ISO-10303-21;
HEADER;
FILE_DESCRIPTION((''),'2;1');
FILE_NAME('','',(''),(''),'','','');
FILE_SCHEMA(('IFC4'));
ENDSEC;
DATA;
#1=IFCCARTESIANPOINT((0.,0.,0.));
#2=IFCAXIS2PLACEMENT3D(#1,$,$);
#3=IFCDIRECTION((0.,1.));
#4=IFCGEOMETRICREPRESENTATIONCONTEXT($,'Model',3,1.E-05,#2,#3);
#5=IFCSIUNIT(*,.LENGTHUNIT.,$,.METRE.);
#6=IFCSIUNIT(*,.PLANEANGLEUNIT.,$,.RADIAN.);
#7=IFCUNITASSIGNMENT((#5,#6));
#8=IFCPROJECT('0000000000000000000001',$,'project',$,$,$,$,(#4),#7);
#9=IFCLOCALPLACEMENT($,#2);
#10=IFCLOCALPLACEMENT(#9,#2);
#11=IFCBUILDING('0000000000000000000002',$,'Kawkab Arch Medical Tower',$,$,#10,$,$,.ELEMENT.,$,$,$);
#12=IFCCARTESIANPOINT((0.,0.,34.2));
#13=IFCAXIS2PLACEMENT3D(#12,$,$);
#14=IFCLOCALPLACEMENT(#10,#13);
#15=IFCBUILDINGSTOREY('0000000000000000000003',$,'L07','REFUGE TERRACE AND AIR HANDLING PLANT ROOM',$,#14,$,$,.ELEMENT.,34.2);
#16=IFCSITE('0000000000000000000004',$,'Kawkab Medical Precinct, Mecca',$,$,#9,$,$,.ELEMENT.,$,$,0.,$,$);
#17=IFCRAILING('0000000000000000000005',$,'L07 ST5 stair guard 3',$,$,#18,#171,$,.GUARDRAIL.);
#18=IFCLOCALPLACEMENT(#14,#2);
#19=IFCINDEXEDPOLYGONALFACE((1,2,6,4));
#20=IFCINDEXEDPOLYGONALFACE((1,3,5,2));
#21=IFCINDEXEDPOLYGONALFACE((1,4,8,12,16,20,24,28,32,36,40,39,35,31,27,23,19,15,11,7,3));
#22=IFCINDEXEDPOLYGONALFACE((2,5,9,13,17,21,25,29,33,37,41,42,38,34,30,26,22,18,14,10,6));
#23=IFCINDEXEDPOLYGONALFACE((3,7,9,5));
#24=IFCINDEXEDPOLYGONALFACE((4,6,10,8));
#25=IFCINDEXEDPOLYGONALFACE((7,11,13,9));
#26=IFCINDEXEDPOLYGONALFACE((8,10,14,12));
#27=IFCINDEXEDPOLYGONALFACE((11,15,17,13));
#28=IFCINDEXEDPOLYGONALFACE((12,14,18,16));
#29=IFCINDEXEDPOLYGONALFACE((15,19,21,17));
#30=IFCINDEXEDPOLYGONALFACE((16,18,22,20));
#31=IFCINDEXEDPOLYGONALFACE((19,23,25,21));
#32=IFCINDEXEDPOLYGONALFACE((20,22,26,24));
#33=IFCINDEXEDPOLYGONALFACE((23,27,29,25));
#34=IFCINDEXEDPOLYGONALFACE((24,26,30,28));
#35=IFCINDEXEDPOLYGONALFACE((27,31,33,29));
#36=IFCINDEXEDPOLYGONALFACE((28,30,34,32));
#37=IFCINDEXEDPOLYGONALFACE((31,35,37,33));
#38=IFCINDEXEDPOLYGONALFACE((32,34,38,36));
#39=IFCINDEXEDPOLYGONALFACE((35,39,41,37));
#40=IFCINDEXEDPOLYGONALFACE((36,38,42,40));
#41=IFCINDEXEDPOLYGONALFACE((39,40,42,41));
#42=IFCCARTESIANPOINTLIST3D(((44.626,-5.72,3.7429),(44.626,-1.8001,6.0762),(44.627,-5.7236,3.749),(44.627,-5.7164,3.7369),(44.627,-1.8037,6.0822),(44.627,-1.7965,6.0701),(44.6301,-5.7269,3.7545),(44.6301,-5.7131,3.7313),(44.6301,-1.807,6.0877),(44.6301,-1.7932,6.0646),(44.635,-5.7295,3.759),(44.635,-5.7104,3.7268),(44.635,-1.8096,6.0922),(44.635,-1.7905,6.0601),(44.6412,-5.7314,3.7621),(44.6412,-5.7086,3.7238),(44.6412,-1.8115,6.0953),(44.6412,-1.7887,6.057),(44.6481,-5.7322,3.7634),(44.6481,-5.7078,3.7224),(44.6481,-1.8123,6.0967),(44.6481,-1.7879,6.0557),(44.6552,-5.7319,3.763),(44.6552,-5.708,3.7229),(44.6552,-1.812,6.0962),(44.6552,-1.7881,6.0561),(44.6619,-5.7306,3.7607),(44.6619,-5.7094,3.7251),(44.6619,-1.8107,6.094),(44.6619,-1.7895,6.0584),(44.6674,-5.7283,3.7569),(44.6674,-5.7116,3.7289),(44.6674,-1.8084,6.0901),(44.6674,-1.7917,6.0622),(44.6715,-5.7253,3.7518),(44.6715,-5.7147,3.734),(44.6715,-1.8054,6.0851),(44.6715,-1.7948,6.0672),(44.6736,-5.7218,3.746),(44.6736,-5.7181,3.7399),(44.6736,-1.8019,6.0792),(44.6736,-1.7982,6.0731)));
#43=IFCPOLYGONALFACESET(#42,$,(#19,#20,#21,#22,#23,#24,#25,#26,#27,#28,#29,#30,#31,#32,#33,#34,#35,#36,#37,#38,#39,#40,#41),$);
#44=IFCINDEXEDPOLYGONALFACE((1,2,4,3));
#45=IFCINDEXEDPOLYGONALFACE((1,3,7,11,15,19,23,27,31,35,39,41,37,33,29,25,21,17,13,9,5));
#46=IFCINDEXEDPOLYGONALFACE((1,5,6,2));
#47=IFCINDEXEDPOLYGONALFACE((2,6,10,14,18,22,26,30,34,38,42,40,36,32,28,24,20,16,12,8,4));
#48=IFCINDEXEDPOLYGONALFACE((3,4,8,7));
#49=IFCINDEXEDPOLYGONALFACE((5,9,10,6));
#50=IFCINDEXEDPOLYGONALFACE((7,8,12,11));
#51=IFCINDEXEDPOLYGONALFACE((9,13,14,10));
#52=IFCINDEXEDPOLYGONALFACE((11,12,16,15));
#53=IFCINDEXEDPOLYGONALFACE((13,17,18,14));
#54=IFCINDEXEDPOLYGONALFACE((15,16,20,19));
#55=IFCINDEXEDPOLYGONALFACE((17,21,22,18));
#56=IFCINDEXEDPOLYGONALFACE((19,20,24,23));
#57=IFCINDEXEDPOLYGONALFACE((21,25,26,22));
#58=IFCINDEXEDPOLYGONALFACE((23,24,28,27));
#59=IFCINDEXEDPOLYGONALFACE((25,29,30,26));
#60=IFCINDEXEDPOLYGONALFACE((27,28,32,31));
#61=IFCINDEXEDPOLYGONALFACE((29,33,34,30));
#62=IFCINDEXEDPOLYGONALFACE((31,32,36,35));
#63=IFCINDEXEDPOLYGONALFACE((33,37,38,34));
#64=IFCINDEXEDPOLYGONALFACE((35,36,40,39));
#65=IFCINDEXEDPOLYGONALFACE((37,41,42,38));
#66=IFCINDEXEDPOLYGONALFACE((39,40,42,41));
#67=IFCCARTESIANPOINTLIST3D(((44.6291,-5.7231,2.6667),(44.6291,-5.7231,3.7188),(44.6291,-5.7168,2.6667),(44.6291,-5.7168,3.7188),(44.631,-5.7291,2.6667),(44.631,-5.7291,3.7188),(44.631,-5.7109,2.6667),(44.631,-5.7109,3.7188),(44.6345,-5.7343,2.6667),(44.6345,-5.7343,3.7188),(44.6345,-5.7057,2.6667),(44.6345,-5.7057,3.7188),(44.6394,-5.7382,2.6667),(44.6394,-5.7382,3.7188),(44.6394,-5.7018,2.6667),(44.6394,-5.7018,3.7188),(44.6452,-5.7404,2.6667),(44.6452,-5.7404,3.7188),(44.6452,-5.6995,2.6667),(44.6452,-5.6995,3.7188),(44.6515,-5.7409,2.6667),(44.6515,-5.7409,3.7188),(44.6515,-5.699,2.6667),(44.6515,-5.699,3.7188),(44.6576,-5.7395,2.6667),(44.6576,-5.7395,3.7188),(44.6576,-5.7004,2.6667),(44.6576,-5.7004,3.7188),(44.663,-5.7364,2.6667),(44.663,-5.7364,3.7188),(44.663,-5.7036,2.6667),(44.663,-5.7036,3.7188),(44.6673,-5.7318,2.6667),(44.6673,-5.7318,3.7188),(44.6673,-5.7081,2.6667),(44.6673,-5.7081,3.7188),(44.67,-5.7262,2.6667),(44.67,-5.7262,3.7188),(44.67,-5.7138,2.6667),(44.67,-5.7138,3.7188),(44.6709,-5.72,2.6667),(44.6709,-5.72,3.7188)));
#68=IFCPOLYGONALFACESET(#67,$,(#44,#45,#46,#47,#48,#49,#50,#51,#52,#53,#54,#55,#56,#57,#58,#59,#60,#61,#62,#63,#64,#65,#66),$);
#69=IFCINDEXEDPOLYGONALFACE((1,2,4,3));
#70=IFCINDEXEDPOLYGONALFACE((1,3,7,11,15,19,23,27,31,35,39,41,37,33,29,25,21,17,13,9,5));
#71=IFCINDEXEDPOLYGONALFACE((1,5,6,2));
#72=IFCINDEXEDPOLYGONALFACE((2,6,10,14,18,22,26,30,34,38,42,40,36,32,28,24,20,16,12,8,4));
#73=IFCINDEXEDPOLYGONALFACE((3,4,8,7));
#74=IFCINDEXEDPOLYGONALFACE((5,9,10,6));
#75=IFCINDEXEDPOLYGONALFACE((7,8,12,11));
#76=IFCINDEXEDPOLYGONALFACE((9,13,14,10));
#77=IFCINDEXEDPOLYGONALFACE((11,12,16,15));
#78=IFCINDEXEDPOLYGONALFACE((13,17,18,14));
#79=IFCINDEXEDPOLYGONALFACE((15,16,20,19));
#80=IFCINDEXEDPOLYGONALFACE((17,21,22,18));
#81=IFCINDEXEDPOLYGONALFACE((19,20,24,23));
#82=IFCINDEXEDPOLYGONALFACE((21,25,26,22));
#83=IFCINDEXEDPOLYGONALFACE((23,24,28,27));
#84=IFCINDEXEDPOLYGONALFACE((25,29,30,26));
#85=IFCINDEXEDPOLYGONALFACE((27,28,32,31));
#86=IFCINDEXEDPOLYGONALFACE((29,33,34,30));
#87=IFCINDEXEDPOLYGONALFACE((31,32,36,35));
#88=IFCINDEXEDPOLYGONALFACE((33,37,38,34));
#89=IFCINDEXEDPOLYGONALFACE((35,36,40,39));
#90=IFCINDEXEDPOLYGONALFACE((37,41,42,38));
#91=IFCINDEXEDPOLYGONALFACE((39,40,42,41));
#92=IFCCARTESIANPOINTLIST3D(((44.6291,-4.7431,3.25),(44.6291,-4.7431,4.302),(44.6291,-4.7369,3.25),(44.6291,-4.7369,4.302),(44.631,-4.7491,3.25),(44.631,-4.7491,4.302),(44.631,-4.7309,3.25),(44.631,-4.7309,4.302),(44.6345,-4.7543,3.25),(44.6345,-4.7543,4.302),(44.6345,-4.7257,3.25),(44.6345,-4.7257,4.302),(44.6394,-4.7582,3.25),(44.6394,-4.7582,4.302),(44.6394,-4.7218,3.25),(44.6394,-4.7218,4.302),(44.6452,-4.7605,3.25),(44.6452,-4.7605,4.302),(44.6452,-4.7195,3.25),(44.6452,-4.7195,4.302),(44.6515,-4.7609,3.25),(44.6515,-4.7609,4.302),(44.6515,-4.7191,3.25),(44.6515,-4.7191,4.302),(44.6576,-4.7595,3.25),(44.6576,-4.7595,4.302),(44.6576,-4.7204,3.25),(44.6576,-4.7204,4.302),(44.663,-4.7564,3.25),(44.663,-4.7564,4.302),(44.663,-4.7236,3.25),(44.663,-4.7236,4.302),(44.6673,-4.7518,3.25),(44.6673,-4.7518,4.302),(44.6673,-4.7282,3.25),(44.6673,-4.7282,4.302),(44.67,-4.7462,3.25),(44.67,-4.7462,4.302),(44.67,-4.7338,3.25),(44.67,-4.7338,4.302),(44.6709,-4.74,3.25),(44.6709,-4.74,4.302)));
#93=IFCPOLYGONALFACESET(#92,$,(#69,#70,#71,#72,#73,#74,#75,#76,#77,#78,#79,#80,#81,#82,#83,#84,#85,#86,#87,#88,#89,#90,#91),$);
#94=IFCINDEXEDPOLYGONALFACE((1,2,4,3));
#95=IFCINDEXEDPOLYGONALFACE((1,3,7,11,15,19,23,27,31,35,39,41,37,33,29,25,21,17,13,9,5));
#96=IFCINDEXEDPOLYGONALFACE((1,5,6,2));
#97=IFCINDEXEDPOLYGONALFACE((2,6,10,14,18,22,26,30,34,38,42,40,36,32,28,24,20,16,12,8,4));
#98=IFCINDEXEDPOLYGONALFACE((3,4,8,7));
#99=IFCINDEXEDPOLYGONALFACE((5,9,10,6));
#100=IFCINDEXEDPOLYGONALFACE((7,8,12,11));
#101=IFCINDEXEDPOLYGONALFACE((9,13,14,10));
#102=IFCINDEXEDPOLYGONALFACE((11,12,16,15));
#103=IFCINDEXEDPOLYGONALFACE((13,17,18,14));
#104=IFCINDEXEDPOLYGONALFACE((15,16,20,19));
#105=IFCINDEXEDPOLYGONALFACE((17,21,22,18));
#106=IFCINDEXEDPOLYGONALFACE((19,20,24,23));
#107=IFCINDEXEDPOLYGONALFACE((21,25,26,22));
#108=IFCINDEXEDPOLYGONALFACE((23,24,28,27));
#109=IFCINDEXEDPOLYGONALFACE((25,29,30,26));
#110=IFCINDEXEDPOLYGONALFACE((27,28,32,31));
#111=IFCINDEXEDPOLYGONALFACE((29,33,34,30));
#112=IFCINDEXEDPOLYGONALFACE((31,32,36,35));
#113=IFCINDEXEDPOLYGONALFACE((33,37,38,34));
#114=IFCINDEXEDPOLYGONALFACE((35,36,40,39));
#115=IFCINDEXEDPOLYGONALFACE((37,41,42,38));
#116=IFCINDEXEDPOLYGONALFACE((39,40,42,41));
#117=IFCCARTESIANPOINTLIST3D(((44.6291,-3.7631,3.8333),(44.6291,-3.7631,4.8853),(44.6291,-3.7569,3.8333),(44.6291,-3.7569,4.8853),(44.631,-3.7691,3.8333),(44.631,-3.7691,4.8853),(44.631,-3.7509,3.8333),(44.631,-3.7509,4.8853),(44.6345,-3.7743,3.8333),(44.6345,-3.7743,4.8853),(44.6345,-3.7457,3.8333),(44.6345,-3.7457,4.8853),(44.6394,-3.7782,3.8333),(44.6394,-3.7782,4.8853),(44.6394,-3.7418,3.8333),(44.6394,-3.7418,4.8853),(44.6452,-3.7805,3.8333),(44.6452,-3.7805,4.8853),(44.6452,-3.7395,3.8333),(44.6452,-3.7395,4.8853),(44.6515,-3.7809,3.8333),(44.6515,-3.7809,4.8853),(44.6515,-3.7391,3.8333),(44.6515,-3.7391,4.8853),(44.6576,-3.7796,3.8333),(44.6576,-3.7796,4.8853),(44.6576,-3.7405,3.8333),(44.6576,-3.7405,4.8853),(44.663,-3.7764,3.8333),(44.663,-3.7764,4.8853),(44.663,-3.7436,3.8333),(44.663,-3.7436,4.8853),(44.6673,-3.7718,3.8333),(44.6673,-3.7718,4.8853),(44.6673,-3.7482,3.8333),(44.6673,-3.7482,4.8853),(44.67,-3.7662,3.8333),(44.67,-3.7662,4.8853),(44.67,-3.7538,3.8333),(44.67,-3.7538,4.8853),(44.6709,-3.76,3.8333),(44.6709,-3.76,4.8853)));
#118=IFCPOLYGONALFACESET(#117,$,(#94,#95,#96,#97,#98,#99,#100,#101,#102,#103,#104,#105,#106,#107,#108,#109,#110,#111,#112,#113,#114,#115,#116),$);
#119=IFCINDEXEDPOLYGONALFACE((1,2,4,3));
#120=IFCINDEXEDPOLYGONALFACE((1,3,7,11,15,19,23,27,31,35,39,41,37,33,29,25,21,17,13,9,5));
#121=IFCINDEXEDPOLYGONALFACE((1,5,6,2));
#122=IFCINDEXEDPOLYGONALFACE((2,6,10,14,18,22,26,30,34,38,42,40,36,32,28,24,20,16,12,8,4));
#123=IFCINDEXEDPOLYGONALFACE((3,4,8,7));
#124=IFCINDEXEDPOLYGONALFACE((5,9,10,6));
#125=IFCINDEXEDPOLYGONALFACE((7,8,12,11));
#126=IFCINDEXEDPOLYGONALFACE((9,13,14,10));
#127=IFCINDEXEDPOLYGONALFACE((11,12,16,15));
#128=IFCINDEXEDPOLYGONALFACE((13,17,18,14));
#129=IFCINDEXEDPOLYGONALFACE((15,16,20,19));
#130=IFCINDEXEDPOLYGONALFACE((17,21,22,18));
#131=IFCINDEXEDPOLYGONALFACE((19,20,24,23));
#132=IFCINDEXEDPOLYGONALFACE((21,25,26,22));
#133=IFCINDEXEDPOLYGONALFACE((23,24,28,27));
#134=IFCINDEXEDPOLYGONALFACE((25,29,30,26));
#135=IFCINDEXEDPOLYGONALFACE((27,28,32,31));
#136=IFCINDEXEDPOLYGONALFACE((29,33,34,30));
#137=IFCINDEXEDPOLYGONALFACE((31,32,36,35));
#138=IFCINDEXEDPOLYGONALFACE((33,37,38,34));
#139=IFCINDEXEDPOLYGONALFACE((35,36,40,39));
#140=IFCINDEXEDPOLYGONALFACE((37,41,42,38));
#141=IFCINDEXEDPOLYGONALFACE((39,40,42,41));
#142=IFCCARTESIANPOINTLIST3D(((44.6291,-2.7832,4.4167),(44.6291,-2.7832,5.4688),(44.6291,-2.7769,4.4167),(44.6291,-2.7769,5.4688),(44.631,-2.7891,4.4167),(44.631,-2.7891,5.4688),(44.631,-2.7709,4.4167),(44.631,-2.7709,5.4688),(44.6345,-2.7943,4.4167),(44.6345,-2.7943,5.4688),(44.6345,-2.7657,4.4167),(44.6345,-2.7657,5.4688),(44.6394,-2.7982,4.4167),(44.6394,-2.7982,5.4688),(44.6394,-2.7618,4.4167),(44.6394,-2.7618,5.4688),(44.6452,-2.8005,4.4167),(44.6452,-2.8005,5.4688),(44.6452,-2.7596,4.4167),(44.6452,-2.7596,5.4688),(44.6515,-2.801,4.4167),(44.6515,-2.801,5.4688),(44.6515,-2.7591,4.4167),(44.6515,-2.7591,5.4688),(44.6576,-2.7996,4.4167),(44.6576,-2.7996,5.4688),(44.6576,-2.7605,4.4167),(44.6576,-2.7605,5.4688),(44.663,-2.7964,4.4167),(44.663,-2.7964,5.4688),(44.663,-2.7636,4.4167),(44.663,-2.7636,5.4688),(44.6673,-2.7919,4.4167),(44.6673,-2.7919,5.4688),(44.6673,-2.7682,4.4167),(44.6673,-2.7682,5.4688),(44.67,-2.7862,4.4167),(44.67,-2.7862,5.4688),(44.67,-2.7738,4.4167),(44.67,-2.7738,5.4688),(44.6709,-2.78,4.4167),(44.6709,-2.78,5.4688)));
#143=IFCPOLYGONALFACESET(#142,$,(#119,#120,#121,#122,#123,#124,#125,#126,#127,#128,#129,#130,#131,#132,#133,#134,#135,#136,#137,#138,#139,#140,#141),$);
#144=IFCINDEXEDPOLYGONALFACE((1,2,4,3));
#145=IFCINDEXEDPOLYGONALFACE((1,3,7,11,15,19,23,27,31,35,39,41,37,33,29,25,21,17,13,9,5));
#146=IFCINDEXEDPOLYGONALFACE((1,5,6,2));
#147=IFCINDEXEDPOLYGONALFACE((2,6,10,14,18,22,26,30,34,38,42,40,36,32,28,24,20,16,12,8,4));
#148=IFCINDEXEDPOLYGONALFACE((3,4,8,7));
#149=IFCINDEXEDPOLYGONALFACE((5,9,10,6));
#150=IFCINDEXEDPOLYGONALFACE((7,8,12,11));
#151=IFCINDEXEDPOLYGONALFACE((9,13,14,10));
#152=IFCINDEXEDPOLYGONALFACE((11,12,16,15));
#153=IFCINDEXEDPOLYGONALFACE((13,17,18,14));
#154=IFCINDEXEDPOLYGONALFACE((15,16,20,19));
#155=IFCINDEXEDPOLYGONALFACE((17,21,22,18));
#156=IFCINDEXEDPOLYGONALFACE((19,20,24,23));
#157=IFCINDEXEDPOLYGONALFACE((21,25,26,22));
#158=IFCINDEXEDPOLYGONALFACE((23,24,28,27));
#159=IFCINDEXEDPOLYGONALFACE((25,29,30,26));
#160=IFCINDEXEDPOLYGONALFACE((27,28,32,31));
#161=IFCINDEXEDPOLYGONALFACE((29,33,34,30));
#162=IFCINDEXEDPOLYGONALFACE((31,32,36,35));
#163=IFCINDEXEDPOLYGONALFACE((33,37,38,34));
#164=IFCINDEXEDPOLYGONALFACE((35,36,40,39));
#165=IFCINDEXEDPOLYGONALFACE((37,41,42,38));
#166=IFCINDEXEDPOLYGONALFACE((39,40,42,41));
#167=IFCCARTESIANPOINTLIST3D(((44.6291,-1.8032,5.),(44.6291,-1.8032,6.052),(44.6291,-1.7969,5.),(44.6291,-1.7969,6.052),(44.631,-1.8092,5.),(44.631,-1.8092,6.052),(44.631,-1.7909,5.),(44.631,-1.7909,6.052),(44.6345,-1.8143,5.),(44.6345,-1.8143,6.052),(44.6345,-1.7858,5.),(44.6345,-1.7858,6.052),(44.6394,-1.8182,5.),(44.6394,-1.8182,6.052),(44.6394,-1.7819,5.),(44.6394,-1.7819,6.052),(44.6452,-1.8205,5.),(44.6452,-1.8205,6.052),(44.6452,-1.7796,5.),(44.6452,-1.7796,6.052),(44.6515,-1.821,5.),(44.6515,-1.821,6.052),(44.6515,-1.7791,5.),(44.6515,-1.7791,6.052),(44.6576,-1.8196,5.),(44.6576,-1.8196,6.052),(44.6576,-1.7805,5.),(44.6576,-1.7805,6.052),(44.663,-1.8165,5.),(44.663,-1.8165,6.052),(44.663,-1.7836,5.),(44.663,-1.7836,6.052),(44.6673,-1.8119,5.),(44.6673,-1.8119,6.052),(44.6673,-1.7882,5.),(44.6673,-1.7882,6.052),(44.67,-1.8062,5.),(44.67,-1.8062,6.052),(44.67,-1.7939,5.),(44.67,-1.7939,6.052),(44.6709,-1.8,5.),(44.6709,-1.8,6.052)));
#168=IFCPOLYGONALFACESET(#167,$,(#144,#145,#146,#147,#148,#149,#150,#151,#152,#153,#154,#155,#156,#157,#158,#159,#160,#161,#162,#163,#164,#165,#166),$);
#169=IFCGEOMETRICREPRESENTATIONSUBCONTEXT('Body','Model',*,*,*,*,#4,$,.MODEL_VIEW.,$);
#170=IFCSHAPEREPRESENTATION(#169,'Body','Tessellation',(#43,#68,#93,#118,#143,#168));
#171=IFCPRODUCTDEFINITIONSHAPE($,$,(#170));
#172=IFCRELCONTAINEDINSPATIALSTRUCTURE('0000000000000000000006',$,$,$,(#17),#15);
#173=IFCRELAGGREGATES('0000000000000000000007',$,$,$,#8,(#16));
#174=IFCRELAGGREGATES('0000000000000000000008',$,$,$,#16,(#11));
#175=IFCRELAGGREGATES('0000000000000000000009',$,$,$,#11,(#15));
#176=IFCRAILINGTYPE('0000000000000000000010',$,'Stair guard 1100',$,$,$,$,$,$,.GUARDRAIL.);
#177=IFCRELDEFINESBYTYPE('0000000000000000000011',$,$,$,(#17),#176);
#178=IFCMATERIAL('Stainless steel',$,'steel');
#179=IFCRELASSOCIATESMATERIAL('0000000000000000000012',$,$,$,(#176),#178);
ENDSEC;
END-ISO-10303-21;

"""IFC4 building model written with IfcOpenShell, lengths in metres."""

from ifc_helpers import new_model, si_unit, direction, frame, origin, origin_2d, place, context, subcontext, project, spatial, circle, extrude, material, type_object, element, save


model = new_model("IFC4")

# Units and contexts
model_context = context("Model", 3, precision=1e-05, world=origin(), true_north=direction((0.0, 1.0)))
body_context = subcontext(model_context, "Body", "Model", "MODEL_VIEW")
ifc_project = project(units=[si_unit("LENGTHUNIT", "METRE"), si_unit("PLANEANGLEUNIT", "RADIAN")], contexts=[model_context])

# Site, building, storey
site_placement = place(None, origin())
site = spatial("IfcSite", under=ifc_project, at=site_placement, Name="Kawkab Medical Precinct, Mecca", CompositionType="ELEMENT", RefElevation=0.0)
building_placement = place(site_placement, origin())
building = spatial("IfcBuilding", under=site, at=building_placement, Name="Kawkab Arch Medical Tower", CompositionType="ELEMENT")
storey_placement = place(building_placement, frame((0.0, 0.0, 34.2)))
storey = spatial("IfcBuildingStorey", under=building, at=storey_placement, Name="L07", Description="REFUGE TERRACE AND AIR HANDLING PLANT ROOM", CompositionType="ELEMENT", Elevation=34.2)

# Railing
ifc_material_1 = material(Name="Stainless steel", Category="steel")
railing_type = type_object("IfcRailingType", Name="Stair guard 1100", PredefinedType="GUARDRAIL", material=ifc_material_1)
railing_1_placement = place(storey_placement, frame((44.6499, -5.72, 2.6667)))
element("IfcRailing", 1, at=railing_1_placement, inside=storey, type_object=railing_type, Name="L07 ST5 stair guard 3", PredefinedType="GUARDRAIL", context=body_context, shape_type="SweptSolid", body=[
    extrude(circle(Radius=0.0239, at=origin_2d()), frame((0.0, 0.0, 1.0762), z_axis=(0.0, 0.859296, 0.511478), x_axis=(-1.0, 0.0, 0.0)), (0.0, 0.0, 1.0), 4.5618),
    extrude(circle(Radius=0.021, at=origin_2d()), origin(), (0.0, 0.0, 1.0), 1.052),
    extrude(circle(Radius=0.021, at=origin_2d()), frame((0.0, 0.98, 0.5833)), (0.0, 0.0, 1.0), 1.052),
    extrude(circle(Radius=0.021, at=origin_2d()), frame((0.0, 1.96, 1.1665)), (0.0, 0.0, 1.0), 1.052),
    extrude(circle(Radius=0.021, at=origin_2d()), frame((0.0, 2.9399, 1.75)), (0.0, 0.0, 1.0), 1.052),
    extrude(circle(Radius=0.021, at=origin_2d()), frame((0.0, 3.9199, 2.3333)), (0.0, 0.0, 1.0), 1.052),
])

save(model, "model.ifc")
